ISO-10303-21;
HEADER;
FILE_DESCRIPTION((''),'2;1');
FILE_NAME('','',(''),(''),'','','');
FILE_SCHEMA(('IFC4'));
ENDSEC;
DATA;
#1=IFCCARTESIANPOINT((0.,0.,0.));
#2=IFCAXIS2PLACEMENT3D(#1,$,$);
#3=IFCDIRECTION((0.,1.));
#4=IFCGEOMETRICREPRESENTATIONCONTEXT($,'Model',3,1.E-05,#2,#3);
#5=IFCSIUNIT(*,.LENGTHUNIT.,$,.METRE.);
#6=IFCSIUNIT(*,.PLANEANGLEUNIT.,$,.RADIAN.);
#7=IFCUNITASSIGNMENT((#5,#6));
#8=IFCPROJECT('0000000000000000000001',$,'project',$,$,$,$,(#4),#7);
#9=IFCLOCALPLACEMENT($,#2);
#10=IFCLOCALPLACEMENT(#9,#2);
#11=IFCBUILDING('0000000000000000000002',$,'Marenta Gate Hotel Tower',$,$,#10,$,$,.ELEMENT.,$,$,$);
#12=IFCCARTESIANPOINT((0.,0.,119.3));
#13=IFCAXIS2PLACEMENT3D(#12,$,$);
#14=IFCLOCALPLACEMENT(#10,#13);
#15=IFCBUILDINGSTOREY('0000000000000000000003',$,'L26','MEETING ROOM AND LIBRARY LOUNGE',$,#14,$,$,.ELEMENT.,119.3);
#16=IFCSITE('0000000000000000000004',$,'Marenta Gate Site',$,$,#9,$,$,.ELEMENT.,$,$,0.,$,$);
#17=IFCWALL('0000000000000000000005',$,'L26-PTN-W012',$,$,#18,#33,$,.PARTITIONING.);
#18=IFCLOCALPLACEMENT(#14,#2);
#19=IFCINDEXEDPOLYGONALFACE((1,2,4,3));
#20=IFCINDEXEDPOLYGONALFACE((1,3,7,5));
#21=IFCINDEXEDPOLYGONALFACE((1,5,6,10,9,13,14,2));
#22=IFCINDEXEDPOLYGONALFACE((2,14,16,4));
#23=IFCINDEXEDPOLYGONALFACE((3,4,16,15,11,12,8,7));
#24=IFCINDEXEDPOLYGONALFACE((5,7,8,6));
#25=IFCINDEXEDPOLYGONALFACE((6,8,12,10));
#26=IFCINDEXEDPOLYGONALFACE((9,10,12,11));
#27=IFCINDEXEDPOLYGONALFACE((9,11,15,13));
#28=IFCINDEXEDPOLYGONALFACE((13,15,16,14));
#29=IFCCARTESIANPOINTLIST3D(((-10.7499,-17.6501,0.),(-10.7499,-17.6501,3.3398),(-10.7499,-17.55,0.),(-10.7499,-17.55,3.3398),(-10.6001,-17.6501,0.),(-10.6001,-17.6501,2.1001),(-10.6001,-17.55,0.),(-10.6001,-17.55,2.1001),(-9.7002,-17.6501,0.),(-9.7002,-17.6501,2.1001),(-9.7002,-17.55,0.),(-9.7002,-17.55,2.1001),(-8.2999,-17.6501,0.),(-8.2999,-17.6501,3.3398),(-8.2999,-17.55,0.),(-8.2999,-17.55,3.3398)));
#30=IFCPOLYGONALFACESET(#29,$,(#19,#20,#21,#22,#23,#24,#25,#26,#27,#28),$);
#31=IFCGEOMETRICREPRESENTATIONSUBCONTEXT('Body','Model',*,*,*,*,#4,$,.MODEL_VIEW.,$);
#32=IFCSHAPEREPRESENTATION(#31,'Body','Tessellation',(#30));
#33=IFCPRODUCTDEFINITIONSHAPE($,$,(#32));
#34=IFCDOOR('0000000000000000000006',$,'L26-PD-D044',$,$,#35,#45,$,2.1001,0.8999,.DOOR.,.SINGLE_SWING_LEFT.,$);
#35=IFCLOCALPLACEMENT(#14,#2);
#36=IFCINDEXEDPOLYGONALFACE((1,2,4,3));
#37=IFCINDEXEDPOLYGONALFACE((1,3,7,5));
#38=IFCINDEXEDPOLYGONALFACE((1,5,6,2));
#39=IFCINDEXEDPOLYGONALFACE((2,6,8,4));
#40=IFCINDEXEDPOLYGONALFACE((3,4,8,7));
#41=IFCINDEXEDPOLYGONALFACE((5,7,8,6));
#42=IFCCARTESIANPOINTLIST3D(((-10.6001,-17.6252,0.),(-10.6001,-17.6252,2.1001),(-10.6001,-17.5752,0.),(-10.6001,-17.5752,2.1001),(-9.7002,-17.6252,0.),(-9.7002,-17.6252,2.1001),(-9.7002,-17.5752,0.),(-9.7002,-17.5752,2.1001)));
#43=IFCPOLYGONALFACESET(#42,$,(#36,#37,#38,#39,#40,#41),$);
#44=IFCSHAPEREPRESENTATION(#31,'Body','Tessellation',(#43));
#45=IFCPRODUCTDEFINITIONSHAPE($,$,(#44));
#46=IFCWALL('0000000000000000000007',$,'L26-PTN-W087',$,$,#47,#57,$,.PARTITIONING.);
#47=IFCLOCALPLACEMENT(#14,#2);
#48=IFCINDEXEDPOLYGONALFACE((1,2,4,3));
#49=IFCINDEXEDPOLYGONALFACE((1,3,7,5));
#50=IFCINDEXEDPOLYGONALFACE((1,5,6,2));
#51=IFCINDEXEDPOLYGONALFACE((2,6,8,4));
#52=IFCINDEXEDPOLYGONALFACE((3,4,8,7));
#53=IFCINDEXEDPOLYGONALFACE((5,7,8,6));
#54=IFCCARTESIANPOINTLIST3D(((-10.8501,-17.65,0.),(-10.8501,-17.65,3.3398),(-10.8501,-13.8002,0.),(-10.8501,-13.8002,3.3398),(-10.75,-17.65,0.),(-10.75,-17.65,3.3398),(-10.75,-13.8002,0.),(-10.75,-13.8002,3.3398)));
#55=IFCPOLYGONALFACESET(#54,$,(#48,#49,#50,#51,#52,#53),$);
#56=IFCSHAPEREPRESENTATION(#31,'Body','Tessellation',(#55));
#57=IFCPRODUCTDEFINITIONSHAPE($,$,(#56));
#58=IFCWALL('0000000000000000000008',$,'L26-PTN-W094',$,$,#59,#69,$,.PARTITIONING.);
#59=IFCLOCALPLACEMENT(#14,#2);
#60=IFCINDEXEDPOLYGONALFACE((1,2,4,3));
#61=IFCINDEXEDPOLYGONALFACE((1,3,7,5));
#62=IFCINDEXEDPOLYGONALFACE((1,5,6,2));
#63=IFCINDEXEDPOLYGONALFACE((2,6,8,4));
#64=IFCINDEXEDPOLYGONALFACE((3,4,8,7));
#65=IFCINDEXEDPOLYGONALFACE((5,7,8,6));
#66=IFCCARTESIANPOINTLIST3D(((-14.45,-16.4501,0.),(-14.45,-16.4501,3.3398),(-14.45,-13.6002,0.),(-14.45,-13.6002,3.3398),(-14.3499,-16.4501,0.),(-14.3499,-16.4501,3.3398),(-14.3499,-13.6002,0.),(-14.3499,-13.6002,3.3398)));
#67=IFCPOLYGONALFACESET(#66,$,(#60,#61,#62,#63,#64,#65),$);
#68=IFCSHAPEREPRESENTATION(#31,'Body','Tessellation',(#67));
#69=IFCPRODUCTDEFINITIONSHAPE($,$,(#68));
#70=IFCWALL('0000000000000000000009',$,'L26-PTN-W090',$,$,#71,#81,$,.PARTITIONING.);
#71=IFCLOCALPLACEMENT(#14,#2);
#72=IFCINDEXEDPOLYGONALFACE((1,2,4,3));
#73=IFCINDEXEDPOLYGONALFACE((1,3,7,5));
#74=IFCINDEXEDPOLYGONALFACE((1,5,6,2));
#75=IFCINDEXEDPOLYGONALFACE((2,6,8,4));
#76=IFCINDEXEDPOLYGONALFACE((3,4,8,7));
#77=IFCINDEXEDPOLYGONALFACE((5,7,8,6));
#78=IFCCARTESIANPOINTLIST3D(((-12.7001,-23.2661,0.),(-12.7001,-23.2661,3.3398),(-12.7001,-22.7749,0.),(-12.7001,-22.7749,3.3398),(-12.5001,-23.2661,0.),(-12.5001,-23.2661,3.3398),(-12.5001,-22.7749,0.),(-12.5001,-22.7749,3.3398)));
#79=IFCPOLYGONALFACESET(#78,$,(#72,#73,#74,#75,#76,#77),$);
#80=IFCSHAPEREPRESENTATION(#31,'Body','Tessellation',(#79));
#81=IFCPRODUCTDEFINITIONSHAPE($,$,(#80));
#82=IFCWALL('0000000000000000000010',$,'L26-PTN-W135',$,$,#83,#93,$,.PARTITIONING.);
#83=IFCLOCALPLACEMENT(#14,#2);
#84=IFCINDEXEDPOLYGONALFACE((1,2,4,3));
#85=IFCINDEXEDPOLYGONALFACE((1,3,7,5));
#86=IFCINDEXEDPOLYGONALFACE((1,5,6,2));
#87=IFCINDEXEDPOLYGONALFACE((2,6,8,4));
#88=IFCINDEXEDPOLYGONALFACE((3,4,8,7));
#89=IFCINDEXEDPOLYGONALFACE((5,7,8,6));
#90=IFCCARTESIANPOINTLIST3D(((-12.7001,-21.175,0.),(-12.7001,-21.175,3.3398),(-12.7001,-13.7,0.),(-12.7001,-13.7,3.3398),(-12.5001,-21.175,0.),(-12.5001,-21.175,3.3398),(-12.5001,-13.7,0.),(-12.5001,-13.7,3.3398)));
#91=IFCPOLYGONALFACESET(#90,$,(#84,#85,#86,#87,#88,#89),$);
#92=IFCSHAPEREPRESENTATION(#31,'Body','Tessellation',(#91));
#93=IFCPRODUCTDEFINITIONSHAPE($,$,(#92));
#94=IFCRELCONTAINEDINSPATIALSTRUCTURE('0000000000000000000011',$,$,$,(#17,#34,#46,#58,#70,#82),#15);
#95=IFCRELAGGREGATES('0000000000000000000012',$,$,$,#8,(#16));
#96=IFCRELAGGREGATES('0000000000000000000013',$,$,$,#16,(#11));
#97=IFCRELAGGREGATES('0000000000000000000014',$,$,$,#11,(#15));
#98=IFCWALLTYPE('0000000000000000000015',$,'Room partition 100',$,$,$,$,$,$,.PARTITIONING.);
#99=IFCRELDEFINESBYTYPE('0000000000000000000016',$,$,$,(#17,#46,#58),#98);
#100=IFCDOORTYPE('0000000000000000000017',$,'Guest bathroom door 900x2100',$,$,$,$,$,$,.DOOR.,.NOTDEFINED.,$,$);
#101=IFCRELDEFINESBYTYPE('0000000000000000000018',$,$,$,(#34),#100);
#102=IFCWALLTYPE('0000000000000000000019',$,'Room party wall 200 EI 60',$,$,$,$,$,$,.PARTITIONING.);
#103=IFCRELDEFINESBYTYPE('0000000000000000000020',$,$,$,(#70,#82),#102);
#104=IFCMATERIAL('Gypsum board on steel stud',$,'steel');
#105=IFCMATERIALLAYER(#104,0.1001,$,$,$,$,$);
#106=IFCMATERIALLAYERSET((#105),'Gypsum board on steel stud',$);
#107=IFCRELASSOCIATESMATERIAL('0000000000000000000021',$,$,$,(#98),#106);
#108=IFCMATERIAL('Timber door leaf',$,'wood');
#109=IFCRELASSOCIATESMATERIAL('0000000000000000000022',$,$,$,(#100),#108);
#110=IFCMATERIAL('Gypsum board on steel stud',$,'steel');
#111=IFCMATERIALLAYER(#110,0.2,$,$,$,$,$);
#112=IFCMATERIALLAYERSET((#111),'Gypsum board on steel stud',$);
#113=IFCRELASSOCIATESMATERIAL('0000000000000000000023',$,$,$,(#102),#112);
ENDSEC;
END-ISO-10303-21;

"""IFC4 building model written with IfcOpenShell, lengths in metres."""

from ifc_helpers import new_model, si_unit, direction, frame, frame_2d, origin, place, context, subcontext, project, spatial, rectangle, extrude, material, layer, layer_set, type_object, element, fill, save


model = new_model("IFC4")

# Units and contexts
model_context = context("Model", 3, precision=1e-05, world=origin(), true_north=direction((0.0, 1.0)))
body_context = subcontext(model_context, "Body", "Model", "MODEL_VIEW")
ifc_project = project(units=[si_unit("LENGTHUNIT", "METRE"), si_unit("PLANEANGLEUNIT", "RADIAN")], contexts=[model_context])

# Site, building, storey
site_placement = place(None, origin())
site = spatial("IfcSite", under=ifc_project, at=site_placement, Name="Marenta Gate Site", CompositionType="ELEMENT", RefElevation=0.0)
building_placement = place(site_placement, origin())
building = spatial("IfcBuilding", under=site, at=building_placement, Name="Marenta Gate Hotel Tower", CompositionType="ELEMENT")
storey_placement = place(building_placement, frame((0.0, 0.0, 119.3)))
storey = spatial("IfcBuildingStorey", under=building, at=storey_placement, Name="L26", Description="MEETING ROOM AND LIBRARY LOUNGE", CompositionType="ELEMENT", Elevation=119.3)

# Wall, opening, door
ifc_material_1 = material(Name="Gypsum board on steel stud", Category="steel")
ifc_layer_1 = layer(ifc_material_1, 0.1001)
ifc_layer_set_1 = layer_set([ifc_layer_1], Name="Gypsum board on steel stud")
wall_type_1 = type_object("IfcWallType", Name="Room partition 100", PredefinedType="PARTITIONING", material=ifc_layer_set_1)
wall_1_placement = place(storey_placement, frame((-10.75, -17.6001, 0.0), z_axis=(0.0, 0.0, 1.0), x_axis=(1.0, 0.0, 0.0)))
wall_1 = element("IfcWall", 1, at=wall_1_placement, inside=storey, type_object=wall_type_1, Name="L26-PTN-W012", PredefinedType="PARTITIONING", context=body_context, shape_type="SweptSolid", body=[
    extrude(rectangle(XDim=2.45, YDim=0.1001, at=frame_2d((1.2251, 0.0))), origin(), (0.0, 0.0, 1.0), 3.3398),
])
opening_1_placement = place(wall_1_placement, frame((0.1499, 0.0, 0.0)))
opening_1 = element("IfcOpeningElement", 2, at=opening_1_placement, cuts=wall_1, PredefinedType="OPENING", context=body_context, shape_type="SweptSolid", body=[
    extrude(rectangle(XDim=0.8999, YDim=2.1001, at=frame_2d((0.45, 1.05))), frame((0.0, 0.05, 0.0), z_axis=(0.0, -1.0, 0.0), x_axis=(1.0, 0.0, 0.0)), (0.0, 0.0, 1.0), 0.1001),
])
ifc_material_2 = material(Name="Timber door leaf", Category="wood")
door_type_1 = type_object("IfcDoorType", Name="Guest bathroom door 900x2100", OperationType="NOTDEFINED", PredefinedType="DOOR", material=ifc_material_2)
door_1_placement = place(opening_1_placement, origin())
door_1 = element("IfcDoor", 3, at=door_1_placement, inside=storey, type_object=door_type_1, Name="L26-PD-D044", OperationType="SINGLE_SWING_LEFT", OverallHeight=2.1001, OverallWidth=0.8999, PredefinedType="DOOR", context=body_context, shape_type="SweptSolid", body=[
    extrude(rectangle(XDim=0.8999, YDim=2.1001, at=frame_2d((0.45, 1.05))), frame((0.0, 0.0249, 0.0), z_axis=(0.0, -1.0, 0.0), x_axis=(1.0, 0.0, 0.0)), (0.0, 0.0, 1.0), 0.05),
])
fill(opening_1, door_1)

# Walls
wall_2_placement = place(storey_placement, frame((-10.8, -17.6499, 0.0), z_axis=(0.0, 0.0, 1.0), x_axis=(0.0, 1.0, 0.0)))
element("IfcWall", 4, at=wall_2_placement, inside=storey, type_object=wall_type_1, Name="L26-PTN-W087", PredefinedType="PARTITIONING", context=body_context, shape_type="SweptSolid", body=[
    extrude(rectangle(XDim=3.8499, YDim=0.1001, at=frame_2d((1.9248, 0.0))), origin(), (0.0, 0.0, 1.0), 3.3398),
])
wall_3_placement = place(storey_placement, frame((-14.3999, -16.45, 0.0), z_axis=(0.0, 0.0, 1.0), x_axis=(0.0, 1.0, 0.0)))
element("IfcWall", 5, at=wall_3_placement, inside=storey, type_object=wall_type_1, Name="L26-PTN-W094", PredefinedType="PARTITIONING", context=body_context, shape_type="SweptSolid", body=[
    extrude(rectangle(XDim=2.8499, YDim=0.1001, at=frame_2d((1.4248, 0.0))), origin(), (0.0, 0.0, 1.0), 3.3398),
])
ifc_material_3 = material(Name="Gypsum board on steel stud", Category="steel")
ifc_layer_2 = layer(ifc_material_3, 0.2)
ifc_layer_set_2 = layer_set([ifc_layer_2], Name="Gypsum board on steel stud")
wall_type_2 = type_object("IfcWallType", Name="Room party wall 200 EI 60", PredefinedType="PARTITIONING", material=ifc_layer_set_2)
wall_4_placement = place(storey_placement, frame((-12.6001, -23.2661, 0.0), z_axis=(0.0, 0.0, 1.0), x_axis=(0.0, 1.0, 0.0)))
element("IfcWall", 6, at=wall_4_placement, inside=storey, type_object=wall_type_2, Name="L26-PTN-W090", PredefinedType="PARTITIONING", context=body_context, shape_type="SweptSolid", body=[
    extrude(rectangle(XDim=0.4912, YDim=0.2, at=frame_2d((0.2456, 0.0))), origin(), (0.0, 0.0, 1.0), 3.3398),
])
wall_5_placement = place(storey_placement, frame((-12.6001, -21.175, 0.0), z_axis=(0.0, 0.0, 1.0), x_axis=(0.0, 1.0, 0.0)))
element("IfcWall", 7, at=wall_5_placement, inside=storey, type_object=wall_type_2, Name="L26-PTN-W135", PredefinedType="PARTITIONING", context=body_context, shape_type="SweptSolid", body=[
    extrude(rectangle(XDim=7.4751, YDim=0.2, at=frame_2d((3.7375, 0.0))), origin(), (0.0, 0.0, 1.0), 3.3398),
])

save(model, "model.ifc")
